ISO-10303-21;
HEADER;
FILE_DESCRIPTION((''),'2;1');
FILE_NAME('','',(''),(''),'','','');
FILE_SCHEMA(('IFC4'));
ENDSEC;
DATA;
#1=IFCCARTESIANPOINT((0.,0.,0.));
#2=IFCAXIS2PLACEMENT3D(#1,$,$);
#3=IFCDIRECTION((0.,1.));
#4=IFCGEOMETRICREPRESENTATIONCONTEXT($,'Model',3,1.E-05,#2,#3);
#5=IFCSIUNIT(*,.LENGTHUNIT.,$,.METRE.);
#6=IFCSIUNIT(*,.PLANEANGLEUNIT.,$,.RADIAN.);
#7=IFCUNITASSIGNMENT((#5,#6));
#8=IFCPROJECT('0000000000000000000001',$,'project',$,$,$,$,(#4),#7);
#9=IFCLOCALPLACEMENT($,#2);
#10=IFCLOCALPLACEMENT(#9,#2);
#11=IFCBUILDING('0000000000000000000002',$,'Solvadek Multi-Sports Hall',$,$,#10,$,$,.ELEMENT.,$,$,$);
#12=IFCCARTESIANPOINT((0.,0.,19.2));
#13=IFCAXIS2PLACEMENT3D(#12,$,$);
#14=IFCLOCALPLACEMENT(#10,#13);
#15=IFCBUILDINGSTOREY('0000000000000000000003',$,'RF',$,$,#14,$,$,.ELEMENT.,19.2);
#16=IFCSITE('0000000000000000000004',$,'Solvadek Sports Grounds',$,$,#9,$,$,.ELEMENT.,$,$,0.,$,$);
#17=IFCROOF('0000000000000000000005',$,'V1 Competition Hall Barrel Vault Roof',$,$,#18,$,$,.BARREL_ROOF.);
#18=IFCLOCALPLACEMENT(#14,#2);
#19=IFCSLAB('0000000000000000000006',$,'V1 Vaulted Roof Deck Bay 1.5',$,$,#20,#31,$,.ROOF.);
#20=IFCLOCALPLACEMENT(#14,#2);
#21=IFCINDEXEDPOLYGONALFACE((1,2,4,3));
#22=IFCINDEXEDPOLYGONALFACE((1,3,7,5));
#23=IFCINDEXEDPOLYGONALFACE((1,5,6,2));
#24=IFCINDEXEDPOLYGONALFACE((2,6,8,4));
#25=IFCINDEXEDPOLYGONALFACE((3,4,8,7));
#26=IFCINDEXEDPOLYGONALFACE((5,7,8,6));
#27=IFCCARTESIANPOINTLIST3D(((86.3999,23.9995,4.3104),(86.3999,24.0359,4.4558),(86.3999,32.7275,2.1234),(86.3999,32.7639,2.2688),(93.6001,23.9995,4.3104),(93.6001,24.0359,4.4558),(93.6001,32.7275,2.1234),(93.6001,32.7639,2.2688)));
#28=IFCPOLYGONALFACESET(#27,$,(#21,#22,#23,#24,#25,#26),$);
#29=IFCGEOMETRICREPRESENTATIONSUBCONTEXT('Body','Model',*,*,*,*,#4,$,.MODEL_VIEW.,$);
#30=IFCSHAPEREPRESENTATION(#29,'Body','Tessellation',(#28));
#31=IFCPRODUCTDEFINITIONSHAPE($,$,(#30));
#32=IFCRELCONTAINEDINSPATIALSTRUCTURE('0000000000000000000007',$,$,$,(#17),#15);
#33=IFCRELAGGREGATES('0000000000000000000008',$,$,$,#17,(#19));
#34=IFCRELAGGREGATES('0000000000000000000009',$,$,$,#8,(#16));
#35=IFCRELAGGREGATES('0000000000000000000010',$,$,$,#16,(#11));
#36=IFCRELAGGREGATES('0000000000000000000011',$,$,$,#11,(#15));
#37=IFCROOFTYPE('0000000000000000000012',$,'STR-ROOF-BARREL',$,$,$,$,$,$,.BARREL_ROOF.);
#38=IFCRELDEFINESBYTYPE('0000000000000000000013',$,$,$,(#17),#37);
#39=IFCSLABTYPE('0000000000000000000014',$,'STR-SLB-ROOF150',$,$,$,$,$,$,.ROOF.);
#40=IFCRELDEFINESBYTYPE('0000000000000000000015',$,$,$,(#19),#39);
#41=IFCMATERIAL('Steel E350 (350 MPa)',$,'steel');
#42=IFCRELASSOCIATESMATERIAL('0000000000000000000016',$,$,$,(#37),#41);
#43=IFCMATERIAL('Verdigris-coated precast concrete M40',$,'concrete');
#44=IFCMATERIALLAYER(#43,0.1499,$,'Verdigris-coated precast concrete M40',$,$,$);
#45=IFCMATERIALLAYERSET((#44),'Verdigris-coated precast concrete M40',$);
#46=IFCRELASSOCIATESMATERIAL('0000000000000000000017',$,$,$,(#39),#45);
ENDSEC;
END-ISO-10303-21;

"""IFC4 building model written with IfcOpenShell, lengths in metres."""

from ifc_helpers import new_model, si_unit, direction, frame, origin, place, context, subcontext, project, spatial, polyline, outline, extrude, material, layer, layer_set, type_object, element, aggregate, save


model = new_model("IFC4")

# Units and contexts
model_context = context("Model", 3, precision=1e-05, world=origin(), true_north=direction((0.0, 1.0)))
body_context = subcontext(model_context, "Body", "Model", "MODEL_VIEW")
ifc_project = project(units=[si_unit("LENGTHUNIT", "METRE"), si_unit("PLANEANGLEUNIT", "RADIAN")], contexts=[model_context])

# Site, building, storey
site_placement = place(None, origin())
site = spatial("IfcSite", under=ifc_project, at=site_placement, Name="Solvadek Sports Grounds", CompositionType="ELEMENT", RefElevation=0.0)
building_placement = place(site_placement, origin())
building = spatial("IfcBuilding", under=site, at=building_placement, Name="Solvadek Multi-Sports Hall", CompositionType="ELEMENT")
storey_placement = place(building_placement, frame((0.0, 0.0, 19.2)))
storey = spatial("IfcBuildingStorey", under=building, at=storey_placement, Name="RF", CompositionType="ELEMENT", Elevation=19.2)

# Shared definitions
ifc_material_1 = material(Name="Steel E350 (350 MPa)", Category="steel")

# Roof, slab
roof_type = type_object("IfcRoofType", Name="STR-ROOF-BARREL", PredefinedType="BARREL_ROOF", material=ifc_material_1)
roof_placement = place(storey_placement, origin())
roof = element("IfcRoof", 1, at=roof_placement, inside=storey, type_object=roof_type, Name="V1 Competition Hall Barrel Vault Roof", PredefinedType="BARREL_ROOF")
ifc_material_2 = material(Name="Verdigris-coated precast concrete M40", Category="concrete")
ifc_layer_1 = layer(ifc_material_2, 0.1499, Name="Verdigris-coated precast concrete M40")
ifc_layer_set_1 = layer_set([ifc_layer_1], Name="Verdigris-coated precast concrete M40")
slab_type = type_object("IfcSlabType", Name="STR-SLB-ROOF150", PredefinedType="ROOF", material=ifc_layer_set_1)
slab_placement = place(storey_placement, frame((86.3999, 24.0359, 4.4558), z_axis=(0.0, 0.243059, 0.970011), x_axis=(1.0, 0.0, 0.0)))
slab = element("IfcSlab", 2, at=slab_placement, type_object=slab_type, Name="V1 Vaulted Roof Deck Bay 1.5", PredefinedType="ROOF", context=body_context, shape_type="SweptSolid", body=[
    extrude(outline(polyline([(0.0, 0.0), (7.2002, 0.0), (7.2002, 8.9979), (0.0, 8.9979), (0.0, 0.0)])), origin(), (0.0, 0.0, -1.0), 0.1499),
])
aggregate(roof, [slab])

save(model, "model.ifc")
